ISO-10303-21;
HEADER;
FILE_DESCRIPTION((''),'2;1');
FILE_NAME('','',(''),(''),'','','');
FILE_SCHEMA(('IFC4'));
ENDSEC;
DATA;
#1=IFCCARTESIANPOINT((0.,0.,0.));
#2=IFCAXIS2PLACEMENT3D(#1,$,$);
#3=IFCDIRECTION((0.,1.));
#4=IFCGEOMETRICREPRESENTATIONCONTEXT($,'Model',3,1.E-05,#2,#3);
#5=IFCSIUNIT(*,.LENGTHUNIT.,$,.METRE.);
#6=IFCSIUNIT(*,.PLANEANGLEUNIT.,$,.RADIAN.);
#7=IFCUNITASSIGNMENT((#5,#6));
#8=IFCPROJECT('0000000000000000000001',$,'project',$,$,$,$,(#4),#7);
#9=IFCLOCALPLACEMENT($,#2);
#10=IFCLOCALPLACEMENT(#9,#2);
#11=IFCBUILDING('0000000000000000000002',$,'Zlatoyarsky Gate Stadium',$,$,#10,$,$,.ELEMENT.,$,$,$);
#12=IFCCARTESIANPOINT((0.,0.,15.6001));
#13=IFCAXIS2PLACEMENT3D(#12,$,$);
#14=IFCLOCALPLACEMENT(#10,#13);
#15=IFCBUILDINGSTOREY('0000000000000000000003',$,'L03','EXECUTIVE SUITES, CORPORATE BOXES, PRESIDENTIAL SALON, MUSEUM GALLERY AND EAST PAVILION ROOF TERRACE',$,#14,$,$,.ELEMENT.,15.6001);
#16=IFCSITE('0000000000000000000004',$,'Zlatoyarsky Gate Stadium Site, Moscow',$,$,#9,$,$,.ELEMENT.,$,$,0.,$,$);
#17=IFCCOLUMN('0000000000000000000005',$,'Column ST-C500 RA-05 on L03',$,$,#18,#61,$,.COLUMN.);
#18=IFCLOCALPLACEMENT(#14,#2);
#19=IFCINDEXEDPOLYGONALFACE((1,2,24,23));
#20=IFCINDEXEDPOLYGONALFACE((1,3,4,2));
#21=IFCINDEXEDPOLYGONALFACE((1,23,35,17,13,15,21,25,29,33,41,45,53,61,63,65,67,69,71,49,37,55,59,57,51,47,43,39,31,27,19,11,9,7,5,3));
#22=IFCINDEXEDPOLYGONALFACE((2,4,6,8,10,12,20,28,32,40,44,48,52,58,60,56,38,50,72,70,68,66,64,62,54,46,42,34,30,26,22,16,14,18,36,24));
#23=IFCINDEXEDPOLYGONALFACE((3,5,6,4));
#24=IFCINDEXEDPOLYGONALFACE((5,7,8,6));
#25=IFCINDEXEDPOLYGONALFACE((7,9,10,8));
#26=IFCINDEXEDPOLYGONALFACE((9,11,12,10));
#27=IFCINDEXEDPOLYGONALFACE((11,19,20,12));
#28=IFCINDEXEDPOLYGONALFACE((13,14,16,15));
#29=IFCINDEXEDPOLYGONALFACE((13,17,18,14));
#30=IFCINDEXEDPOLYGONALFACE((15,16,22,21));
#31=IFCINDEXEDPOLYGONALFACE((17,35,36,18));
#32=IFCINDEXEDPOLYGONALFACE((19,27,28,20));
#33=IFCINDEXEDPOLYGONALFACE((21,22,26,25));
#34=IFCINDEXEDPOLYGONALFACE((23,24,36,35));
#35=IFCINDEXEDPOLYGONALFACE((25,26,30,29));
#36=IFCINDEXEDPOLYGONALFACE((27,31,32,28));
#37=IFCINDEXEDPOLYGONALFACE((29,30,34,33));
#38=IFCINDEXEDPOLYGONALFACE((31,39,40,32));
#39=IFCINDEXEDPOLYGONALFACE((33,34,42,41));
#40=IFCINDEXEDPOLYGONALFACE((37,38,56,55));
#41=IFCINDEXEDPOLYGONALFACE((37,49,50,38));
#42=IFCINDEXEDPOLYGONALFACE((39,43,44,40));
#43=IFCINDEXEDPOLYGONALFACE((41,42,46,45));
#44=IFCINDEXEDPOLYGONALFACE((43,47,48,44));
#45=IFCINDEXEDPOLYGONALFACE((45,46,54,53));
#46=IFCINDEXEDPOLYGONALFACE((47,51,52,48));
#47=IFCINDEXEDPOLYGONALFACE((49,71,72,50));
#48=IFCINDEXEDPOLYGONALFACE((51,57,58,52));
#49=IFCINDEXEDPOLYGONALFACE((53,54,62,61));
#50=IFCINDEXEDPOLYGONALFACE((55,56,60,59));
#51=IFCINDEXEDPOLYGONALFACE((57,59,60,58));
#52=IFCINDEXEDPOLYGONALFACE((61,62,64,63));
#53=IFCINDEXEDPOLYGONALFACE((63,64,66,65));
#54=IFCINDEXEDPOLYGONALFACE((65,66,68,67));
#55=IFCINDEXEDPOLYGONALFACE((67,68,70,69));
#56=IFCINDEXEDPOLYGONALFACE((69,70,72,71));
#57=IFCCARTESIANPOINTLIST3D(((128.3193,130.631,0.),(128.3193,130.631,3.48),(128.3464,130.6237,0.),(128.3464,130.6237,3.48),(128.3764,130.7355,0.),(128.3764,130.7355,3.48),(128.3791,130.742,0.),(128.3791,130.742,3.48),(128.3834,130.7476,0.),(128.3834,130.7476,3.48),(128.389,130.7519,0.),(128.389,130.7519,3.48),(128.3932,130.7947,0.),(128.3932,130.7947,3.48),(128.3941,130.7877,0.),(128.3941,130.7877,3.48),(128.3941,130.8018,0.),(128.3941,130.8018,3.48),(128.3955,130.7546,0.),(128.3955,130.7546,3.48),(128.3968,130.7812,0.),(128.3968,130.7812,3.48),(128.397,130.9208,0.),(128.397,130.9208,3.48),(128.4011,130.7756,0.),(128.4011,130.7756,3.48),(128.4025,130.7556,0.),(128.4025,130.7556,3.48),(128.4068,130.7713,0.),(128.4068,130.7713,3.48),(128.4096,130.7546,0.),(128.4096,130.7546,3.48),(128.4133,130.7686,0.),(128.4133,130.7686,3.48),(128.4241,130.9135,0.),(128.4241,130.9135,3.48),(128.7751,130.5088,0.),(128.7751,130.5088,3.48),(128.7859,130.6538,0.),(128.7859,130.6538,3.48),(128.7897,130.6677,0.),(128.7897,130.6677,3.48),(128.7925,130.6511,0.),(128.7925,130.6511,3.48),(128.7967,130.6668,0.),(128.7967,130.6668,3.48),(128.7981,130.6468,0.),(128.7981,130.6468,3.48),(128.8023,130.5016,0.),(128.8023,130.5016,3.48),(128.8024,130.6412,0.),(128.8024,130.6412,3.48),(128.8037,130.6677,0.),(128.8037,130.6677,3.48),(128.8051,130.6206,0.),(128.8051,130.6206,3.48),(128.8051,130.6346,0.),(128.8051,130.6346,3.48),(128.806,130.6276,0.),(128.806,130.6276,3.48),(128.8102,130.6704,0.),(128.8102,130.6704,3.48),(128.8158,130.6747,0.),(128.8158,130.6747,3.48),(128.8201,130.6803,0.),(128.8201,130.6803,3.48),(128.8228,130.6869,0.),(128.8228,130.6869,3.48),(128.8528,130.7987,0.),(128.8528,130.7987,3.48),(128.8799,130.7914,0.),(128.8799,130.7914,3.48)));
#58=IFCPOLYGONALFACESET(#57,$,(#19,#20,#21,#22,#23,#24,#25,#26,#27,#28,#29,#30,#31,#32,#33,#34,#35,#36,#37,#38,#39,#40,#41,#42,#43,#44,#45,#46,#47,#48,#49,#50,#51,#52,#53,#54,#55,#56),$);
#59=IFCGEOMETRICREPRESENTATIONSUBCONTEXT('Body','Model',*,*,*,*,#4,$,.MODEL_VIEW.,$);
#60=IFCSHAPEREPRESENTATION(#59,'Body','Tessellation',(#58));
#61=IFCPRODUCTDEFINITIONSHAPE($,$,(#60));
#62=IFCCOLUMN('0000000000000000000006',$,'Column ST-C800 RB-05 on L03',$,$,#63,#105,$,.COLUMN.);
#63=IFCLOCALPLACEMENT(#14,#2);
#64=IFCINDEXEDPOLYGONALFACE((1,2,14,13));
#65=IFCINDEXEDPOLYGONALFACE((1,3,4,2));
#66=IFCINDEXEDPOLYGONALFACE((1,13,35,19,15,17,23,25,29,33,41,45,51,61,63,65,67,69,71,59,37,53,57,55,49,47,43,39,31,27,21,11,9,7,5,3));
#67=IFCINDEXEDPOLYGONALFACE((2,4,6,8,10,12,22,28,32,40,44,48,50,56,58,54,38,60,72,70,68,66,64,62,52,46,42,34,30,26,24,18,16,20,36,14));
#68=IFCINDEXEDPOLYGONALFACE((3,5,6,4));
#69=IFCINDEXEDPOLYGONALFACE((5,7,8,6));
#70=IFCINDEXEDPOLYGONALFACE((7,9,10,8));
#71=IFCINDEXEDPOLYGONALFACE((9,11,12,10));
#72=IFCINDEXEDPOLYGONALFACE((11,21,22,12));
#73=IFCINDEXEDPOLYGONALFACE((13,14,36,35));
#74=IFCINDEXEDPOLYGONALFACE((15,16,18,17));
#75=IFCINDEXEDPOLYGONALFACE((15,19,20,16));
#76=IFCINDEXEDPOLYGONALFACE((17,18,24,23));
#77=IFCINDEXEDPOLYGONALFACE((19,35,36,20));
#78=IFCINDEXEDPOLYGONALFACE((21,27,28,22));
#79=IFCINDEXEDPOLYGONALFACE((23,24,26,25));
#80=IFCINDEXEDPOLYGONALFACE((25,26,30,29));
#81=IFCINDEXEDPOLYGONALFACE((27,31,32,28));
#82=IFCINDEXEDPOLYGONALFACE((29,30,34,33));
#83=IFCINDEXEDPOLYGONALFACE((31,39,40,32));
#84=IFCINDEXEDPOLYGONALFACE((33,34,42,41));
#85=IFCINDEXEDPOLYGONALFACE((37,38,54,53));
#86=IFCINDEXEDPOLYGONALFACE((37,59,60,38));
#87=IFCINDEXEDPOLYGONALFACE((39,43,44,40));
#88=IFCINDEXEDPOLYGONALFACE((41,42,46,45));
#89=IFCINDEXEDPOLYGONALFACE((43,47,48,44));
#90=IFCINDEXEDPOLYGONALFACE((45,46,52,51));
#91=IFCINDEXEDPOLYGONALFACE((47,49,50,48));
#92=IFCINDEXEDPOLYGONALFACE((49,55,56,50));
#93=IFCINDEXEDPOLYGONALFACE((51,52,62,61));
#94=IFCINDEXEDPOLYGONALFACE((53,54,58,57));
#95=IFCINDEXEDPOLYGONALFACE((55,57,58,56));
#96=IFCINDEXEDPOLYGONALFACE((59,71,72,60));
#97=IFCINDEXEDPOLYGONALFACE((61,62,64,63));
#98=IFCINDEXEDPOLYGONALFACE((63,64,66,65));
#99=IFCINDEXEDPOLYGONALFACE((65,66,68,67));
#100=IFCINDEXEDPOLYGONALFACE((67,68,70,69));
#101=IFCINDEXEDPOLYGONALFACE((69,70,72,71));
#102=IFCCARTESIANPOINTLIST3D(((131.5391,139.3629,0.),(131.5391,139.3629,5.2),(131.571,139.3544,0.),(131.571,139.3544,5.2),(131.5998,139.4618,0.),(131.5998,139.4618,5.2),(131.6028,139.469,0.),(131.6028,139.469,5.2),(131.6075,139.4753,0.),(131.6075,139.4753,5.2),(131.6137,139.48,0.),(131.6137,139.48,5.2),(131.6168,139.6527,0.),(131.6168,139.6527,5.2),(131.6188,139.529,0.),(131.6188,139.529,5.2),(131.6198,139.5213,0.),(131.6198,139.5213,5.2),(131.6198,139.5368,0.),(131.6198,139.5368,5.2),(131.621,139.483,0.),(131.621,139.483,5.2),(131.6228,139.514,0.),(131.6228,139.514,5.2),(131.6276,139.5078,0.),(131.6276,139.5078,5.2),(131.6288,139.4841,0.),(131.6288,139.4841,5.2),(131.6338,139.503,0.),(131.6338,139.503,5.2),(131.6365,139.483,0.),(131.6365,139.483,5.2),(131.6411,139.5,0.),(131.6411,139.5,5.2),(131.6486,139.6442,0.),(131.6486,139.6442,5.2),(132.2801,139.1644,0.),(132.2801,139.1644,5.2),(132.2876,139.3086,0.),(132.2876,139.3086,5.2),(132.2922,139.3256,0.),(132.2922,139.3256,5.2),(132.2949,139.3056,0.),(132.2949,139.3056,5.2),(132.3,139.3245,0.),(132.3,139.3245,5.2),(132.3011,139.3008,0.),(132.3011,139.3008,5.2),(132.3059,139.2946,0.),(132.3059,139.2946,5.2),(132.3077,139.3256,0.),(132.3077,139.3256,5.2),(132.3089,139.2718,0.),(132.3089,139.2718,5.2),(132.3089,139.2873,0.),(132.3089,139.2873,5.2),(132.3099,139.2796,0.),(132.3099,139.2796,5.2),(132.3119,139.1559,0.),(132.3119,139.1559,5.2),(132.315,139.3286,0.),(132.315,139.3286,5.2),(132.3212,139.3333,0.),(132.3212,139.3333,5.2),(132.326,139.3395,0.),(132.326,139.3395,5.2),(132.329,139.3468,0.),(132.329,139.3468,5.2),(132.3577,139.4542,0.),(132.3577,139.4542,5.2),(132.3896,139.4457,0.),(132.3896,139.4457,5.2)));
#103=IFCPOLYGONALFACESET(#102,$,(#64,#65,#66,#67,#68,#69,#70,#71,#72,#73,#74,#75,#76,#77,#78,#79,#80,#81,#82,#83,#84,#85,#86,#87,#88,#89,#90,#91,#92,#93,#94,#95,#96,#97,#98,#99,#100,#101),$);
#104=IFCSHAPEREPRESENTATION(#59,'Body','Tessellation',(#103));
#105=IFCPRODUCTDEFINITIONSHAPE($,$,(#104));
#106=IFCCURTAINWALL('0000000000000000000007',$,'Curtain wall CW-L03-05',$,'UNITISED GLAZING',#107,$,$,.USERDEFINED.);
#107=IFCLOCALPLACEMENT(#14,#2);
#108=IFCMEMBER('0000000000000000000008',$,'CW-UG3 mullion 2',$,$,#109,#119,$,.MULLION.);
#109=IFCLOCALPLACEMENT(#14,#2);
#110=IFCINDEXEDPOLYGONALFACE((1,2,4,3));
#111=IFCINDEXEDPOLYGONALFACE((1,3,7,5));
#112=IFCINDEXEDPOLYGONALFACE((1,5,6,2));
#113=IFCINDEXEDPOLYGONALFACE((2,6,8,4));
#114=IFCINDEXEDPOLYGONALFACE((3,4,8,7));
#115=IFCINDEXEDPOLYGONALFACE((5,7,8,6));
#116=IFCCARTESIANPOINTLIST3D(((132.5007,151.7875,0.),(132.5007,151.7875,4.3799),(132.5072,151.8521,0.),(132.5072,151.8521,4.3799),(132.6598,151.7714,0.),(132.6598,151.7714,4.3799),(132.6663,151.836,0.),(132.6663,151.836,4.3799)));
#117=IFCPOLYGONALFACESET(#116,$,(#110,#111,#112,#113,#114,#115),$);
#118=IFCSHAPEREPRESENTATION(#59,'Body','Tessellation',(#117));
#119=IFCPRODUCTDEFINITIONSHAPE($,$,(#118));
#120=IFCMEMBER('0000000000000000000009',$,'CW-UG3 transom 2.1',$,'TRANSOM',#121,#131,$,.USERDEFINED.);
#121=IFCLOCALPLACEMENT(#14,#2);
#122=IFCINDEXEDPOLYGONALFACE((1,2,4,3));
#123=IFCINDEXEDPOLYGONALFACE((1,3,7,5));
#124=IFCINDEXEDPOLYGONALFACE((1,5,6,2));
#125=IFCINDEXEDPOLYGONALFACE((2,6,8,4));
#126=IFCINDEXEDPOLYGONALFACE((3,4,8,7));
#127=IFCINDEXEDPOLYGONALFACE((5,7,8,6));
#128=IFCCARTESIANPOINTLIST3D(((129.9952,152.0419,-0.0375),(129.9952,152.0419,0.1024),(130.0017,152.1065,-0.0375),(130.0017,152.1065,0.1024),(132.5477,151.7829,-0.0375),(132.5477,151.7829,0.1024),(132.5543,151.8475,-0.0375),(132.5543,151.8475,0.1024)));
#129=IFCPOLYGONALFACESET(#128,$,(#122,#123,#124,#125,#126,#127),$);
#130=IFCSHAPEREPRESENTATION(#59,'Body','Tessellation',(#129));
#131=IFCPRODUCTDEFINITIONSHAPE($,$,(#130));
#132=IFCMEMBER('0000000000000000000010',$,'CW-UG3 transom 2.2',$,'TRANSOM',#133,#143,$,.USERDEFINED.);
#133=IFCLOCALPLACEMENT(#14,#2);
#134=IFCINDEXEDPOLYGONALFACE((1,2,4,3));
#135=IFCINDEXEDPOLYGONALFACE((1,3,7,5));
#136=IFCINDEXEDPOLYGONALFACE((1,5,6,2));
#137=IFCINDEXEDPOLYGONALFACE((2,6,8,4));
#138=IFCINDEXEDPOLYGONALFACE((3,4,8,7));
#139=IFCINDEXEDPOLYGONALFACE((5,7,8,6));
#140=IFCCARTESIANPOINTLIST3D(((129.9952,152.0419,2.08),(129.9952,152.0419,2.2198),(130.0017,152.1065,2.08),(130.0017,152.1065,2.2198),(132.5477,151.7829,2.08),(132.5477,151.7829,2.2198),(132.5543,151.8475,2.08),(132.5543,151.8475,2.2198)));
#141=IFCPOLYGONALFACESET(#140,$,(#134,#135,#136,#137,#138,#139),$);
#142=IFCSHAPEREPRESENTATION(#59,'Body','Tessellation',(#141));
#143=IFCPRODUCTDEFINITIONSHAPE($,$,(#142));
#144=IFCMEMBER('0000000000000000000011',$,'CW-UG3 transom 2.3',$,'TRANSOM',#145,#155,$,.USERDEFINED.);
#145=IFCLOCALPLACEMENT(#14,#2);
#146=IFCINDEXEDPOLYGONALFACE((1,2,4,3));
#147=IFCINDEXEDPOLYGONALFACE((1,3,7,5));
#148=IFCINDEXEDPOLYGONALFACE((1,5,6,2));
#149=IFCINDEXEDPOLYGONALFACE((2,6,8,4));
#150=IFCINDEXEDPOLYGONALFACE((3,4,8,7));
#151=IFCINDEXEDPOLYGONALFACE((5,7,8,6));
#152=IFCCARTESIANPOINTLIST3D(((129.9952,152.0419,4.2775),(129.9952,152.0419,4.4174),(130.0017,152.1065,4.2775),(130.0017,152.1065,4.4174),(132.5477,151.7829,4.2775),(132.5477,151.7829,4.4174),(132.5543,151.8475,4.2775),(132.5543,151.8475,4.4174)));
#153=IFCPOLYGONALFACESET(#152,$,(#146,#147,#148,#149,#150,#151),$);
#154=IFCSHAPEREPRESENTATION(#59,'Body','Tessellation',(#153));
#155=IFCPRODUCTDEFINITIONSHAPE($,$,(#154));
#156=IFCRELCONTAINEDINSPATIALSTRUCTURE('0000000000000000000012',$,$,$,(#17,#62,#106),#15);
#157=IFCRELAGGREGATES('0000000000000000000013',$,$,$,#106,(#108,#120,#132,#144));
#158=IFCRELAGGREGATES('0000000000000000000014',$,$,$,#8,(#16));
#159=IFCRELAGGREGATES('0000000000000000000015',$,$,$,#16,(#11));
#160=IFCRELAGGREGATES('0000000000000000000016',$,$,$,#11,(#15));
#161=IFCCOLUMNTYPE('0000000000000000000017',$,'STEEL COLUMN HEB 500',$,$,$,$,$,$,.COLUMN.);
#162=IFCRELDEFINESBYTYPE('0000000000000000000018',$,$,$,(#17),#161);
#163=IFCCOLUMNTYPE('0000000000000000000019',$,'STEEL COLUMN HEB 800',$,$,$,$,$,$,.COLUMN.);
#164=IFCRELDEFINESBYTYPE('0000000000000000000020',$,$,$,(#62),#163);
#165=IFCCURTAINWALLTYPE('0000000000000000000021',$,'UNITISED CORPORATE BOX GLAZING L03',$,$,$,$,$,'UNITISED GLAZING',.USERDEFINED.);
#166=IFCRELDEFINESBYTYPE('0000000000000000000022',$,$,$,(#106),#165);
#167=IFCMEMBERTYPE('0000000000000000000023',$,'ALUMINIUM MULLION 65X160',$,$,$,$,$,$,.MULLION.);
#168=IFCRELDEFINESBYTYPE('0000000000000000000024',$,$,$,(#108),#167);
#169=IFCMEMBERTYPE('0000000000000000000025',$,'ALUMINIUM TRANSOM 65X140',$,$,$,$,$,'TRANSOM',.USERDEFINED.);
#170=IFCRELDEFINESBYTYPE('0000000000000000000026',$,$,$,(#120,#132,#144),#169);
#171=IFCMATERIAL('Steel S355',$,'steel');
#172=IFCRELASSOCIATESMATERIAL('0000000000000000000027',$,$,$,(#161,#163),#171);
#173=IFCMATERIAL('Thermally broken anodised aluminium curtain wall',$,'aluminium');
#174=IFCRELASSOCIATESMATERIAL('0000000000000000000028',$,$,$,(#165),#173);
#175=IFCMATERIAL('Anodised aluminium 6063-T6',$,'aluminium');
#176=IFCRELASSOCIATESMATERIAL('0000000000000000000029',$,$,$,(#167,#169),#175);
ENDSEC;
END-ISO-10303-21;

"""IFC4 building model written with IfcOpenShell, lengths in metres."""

from ifc_helpers import new_model, si_unit, direction, frame, origin, origin_2d, place, context, subcontext, project, spatial, rectangle, i_section, extrude, material, material_profile, profile_set, type_object, element, aggregate, save


model = new_model("IFC4")

# Units and contexts
model_context = context("Model", 3, precision=1e-05, world=origin(), true_north=direction((0.0, 1.0)))
body_context = subcontext(model_context, "Body", "Model", "MODEL_VIEW")
ifc_project = project(units=[si_unit("LENGTHUNIT", "METRE"), si_unit("PLANEANGLEUNIT", "RADIAN")], contexts=[model_context])

# Site, building, storey
site_placement = place(None, origin())
site = spatial("IfcSite", under=ifc_project, at=site_placement, Name="Zlatoyarsky Gate Stadium Site, Moscow", CompositionType="ELEMENT", RefElevation=0.0)
building_placement = place(site_placement, origin())
building = spatial("IfcBuilding", under=site, at=building_placement, Name="Zlatoyarsky Gate Stadium", CompositionType="ELEMENT")
storey_placement = place(building_placement, frame((0.0, 0.0, 15.6001)))
storey = spatial("IfcBuildingStorey", under=building, at=storey_placement, Name="L03", Description="EXECUTIVE SUITES, CORPORATE BOXES, PRESIDENTIAL SALON, MUSEUM GALLERY AND EAST PAVILION ROOF TERRACE", CompositionType="ELEMENT", Elevation=15.6001)

# Columns
ifc_material_1 = material(Name="Steel S355", Category="steel")
ifc_material_profile_1 = material_profile(ifc_material_1, i_section(OverallWidth=0.3, OverallDepth=0.5, WebThickness=0.0144, FlangeThickness=0.0281, FilletRadius=0.0271, at=origin_2d()), Name="HEB 500")
ifc_profile_set_1 = profile_set([ifc_material_profile_1], Name="Steel S355")
column_type_1 = type_object("IfcColumnType", Name="STEEL COLUMN HEB 500", PredefinedType="COLUMN", material=ifc_profile_set_1)
column_1_placement = place(storey_placement, frame((128.5996, 130.7112, 0.0), z_axis=(0.0, 0.0, 1.0), x_axis=(0.258819, 0.965926, 0.0)))
element("IfcColumn", 1, at=column_1_placement, inside=storey, type_object=column_type_1, Name="Column ST-C500 RA-05 on L03", PredefinedType="COLUMN", context=body_context, shape_type="SweptSolid", body=[
    extrude(i_section(OverallWidth=0.3, OverallDepth=0.5, WebThickness=0.0144, FlangeThickness=0.0281, FilletRadius=0.0271, at=origin_2d()), origin(), (0.0, 0.0, 1.0), 3.48),
])
ifc_material_profile_2 = material_profile(ifc_material_1, i_section(OverallWidth=0.3, OverallDepth=0.8, WebThickness=0.0176, FlangeThickness=0.033, FilletRadius=0.03, at=origin_2d()), Name="HEB 800")
ifc_profile_set_2 = profile_set([ifc_material_profile_2], Name="Steel S355")
column_type_2 = type_object("IfcColumnType", Name="STEEL COLUMN HEB 800", PredefinedType="COLUMN", material=ifc_profile_set_2)
column_2_placement = place(storey_placement, frame((131.9644, 139.4043, 0.0), z_axis=(0.0, 0.0, 1.0), x_axis=(0.258819, 0.965926, 0.0)))
element("IfcColumn", 2, at=column_2_placement, inside=storey, type_object=column_type_2, Name="Column ST-C800 RB-05 on L03", PredefinedType="COLUMN", context=body_context, shape_type="SweptSolid", body=[
    extrude(i_section(OverallWidth=0.3, OverallDepth=0.8, WebThickness=0.0176, FlangeThickness=0.033, FilletRadius=0.03, at=origin_2d()), origin(), (0.0, 0.0, 1.0), 5.2),
])

# Curtain wall, members
ifc_material_2 = material(Name="Thermally broken anodised aluminium curtain wall", Category="aluminium")
curtain_wall_type = type_object("IfcCurtainWallType", Name="UNITISED CORPORATE BOX GLAZING L03", ElementType="UNITISED GLAZING", PredefinedType="USERDEFINED", material=ifc_material_2)
curtain_wall_placement = place(storey_placement, origin())
curtain_wall = element("IfcCurtainWall", 3, at=curtain_wall_placement, inside=storey, type_object=curtain_wall_type, Name="Curtain wall CW-L03-05", ObjectType="UNITISED GLAZING", PredefinedType="USERDEFINED")
ifc_material_3 = material(Name="Anodised aluminium 6063-T6", Category="aluminium")
ifc_material_profile_3 = material_profile(ifc_material_3, rectangle(XDim=0.0649, YDim=0.1599, at=origin_2d()), Name="ALU 65X160")
ifc_profile_set_3 = profile_set([ifc_material_profile_3], Name="Anodised aluminium 6063-T6")
member_type_1 = type_object("IfcMemberType", Name="ALUMINIUM MULLION 65X160", PredefinedType="MULLION", material=ifc_profile_set_3)
member_1_placement = place(storey_placement, frame((132.5835, 151.8118, 0.0), z_axis=(0.0, 0.0, 1.0), x_axis=(-0.100968, -0.99489, 0.0)))
member_1 = element("IfcMember", 4, at=member_1_placement, type_object=member_type_1, Name="CW-UG3 mullion 2", PredefinedType="MULLION", context=body_context, shape_type="SweptSolid", body=[
    extrude(rectangle(XDim=0.0649, YDim=0.1599, at=origin_2d()), origin(), (0.0, 0.0, 1.0), 4.3799),
])
ifc_material_profile_4 = material_profile(ifc_material_3, rectangle(XDim=0.0649, YDim=0.1399, at=origin_2d()), Name="ALU 65X140")
ifc_profile_set_4 = profile_set([ifc_material_profile_4], Name="Anodised aluminium 6063-T6")
member_type_2 = type_object("IfcMemberType", Name="ALUMINIUM TRANSOM 65X140", ElementType="TRANSOM", PredefinedType="USERDEFINED", material=ifc_profile_set_4)
member_2_placement = place(storey_placement, frame((132.551, 151.8152, 0.0325), z_axis=(-0.99489, 0.100964, 0.0), x_axis=(-0.100964, -0.99489, 0.0)))
member_2 = element("IfcMember", 5, at=member_2_placement, type_object=member_type_2, Name="CW-UG3 transom 2.1", ObjectType="TRANSOM", PredefinedType="USERDEFINED", context=body_context, shape_type="SweptSolid", body=[
    extrude(rectangle(XDim=0.0649, YDim=0.1399, at=origin_2d()), origin(), (0.0, 0.0, 1.0), 2.5657),
])
member_3_placement = place(storey_placement, frame((132.551, 151.8152, 2.1499), z_axis=(-0.99489, 0.100964, 0.0), x_axis=(-0.100964, -0.99489, 0.0)))
member_3 = element("IfcMember", 6, at=member_3_placement, type_object=member_type_2, Name="CW-UG3 transom 2.2", ObjectType="TRANSOM", PredefinedType="USERDEFINED", context=body_context, shape_type="SweptSolid", body=[
    extrude(rectangle(XDim=0.0649, YDim=0.1399, at=origin_2d()), origin(), (0.0, 0.0, 1.0), 2.5657),
])
member_4_placement = place(storey_placement, frame((132.551, 151.8152, 4.3474), z_axis=(-0.99489, 0.100964, 0.0), x_axis=(-0.100964, -0.99489, 0.0)))
member_4 = element("IfcMember", 7, at=member_4_placement, type_object=member_type_2, Name="CW-UG3 transom 2.3", ObjectType="TRANSOM", PredefinedType="USERDEFINED", context=body_context, shape_type="SweptSolid", body=[
    extrude(rectangle(XDim=0.0649, YDim=0.1399, at=origin_2d()), origin(), (0.0, 0.0, 1.0), 2.5657),
])
aggregate(curtain_wall, [member_1, member_2, member_3, member_4])

save(model, "model.ifc")
